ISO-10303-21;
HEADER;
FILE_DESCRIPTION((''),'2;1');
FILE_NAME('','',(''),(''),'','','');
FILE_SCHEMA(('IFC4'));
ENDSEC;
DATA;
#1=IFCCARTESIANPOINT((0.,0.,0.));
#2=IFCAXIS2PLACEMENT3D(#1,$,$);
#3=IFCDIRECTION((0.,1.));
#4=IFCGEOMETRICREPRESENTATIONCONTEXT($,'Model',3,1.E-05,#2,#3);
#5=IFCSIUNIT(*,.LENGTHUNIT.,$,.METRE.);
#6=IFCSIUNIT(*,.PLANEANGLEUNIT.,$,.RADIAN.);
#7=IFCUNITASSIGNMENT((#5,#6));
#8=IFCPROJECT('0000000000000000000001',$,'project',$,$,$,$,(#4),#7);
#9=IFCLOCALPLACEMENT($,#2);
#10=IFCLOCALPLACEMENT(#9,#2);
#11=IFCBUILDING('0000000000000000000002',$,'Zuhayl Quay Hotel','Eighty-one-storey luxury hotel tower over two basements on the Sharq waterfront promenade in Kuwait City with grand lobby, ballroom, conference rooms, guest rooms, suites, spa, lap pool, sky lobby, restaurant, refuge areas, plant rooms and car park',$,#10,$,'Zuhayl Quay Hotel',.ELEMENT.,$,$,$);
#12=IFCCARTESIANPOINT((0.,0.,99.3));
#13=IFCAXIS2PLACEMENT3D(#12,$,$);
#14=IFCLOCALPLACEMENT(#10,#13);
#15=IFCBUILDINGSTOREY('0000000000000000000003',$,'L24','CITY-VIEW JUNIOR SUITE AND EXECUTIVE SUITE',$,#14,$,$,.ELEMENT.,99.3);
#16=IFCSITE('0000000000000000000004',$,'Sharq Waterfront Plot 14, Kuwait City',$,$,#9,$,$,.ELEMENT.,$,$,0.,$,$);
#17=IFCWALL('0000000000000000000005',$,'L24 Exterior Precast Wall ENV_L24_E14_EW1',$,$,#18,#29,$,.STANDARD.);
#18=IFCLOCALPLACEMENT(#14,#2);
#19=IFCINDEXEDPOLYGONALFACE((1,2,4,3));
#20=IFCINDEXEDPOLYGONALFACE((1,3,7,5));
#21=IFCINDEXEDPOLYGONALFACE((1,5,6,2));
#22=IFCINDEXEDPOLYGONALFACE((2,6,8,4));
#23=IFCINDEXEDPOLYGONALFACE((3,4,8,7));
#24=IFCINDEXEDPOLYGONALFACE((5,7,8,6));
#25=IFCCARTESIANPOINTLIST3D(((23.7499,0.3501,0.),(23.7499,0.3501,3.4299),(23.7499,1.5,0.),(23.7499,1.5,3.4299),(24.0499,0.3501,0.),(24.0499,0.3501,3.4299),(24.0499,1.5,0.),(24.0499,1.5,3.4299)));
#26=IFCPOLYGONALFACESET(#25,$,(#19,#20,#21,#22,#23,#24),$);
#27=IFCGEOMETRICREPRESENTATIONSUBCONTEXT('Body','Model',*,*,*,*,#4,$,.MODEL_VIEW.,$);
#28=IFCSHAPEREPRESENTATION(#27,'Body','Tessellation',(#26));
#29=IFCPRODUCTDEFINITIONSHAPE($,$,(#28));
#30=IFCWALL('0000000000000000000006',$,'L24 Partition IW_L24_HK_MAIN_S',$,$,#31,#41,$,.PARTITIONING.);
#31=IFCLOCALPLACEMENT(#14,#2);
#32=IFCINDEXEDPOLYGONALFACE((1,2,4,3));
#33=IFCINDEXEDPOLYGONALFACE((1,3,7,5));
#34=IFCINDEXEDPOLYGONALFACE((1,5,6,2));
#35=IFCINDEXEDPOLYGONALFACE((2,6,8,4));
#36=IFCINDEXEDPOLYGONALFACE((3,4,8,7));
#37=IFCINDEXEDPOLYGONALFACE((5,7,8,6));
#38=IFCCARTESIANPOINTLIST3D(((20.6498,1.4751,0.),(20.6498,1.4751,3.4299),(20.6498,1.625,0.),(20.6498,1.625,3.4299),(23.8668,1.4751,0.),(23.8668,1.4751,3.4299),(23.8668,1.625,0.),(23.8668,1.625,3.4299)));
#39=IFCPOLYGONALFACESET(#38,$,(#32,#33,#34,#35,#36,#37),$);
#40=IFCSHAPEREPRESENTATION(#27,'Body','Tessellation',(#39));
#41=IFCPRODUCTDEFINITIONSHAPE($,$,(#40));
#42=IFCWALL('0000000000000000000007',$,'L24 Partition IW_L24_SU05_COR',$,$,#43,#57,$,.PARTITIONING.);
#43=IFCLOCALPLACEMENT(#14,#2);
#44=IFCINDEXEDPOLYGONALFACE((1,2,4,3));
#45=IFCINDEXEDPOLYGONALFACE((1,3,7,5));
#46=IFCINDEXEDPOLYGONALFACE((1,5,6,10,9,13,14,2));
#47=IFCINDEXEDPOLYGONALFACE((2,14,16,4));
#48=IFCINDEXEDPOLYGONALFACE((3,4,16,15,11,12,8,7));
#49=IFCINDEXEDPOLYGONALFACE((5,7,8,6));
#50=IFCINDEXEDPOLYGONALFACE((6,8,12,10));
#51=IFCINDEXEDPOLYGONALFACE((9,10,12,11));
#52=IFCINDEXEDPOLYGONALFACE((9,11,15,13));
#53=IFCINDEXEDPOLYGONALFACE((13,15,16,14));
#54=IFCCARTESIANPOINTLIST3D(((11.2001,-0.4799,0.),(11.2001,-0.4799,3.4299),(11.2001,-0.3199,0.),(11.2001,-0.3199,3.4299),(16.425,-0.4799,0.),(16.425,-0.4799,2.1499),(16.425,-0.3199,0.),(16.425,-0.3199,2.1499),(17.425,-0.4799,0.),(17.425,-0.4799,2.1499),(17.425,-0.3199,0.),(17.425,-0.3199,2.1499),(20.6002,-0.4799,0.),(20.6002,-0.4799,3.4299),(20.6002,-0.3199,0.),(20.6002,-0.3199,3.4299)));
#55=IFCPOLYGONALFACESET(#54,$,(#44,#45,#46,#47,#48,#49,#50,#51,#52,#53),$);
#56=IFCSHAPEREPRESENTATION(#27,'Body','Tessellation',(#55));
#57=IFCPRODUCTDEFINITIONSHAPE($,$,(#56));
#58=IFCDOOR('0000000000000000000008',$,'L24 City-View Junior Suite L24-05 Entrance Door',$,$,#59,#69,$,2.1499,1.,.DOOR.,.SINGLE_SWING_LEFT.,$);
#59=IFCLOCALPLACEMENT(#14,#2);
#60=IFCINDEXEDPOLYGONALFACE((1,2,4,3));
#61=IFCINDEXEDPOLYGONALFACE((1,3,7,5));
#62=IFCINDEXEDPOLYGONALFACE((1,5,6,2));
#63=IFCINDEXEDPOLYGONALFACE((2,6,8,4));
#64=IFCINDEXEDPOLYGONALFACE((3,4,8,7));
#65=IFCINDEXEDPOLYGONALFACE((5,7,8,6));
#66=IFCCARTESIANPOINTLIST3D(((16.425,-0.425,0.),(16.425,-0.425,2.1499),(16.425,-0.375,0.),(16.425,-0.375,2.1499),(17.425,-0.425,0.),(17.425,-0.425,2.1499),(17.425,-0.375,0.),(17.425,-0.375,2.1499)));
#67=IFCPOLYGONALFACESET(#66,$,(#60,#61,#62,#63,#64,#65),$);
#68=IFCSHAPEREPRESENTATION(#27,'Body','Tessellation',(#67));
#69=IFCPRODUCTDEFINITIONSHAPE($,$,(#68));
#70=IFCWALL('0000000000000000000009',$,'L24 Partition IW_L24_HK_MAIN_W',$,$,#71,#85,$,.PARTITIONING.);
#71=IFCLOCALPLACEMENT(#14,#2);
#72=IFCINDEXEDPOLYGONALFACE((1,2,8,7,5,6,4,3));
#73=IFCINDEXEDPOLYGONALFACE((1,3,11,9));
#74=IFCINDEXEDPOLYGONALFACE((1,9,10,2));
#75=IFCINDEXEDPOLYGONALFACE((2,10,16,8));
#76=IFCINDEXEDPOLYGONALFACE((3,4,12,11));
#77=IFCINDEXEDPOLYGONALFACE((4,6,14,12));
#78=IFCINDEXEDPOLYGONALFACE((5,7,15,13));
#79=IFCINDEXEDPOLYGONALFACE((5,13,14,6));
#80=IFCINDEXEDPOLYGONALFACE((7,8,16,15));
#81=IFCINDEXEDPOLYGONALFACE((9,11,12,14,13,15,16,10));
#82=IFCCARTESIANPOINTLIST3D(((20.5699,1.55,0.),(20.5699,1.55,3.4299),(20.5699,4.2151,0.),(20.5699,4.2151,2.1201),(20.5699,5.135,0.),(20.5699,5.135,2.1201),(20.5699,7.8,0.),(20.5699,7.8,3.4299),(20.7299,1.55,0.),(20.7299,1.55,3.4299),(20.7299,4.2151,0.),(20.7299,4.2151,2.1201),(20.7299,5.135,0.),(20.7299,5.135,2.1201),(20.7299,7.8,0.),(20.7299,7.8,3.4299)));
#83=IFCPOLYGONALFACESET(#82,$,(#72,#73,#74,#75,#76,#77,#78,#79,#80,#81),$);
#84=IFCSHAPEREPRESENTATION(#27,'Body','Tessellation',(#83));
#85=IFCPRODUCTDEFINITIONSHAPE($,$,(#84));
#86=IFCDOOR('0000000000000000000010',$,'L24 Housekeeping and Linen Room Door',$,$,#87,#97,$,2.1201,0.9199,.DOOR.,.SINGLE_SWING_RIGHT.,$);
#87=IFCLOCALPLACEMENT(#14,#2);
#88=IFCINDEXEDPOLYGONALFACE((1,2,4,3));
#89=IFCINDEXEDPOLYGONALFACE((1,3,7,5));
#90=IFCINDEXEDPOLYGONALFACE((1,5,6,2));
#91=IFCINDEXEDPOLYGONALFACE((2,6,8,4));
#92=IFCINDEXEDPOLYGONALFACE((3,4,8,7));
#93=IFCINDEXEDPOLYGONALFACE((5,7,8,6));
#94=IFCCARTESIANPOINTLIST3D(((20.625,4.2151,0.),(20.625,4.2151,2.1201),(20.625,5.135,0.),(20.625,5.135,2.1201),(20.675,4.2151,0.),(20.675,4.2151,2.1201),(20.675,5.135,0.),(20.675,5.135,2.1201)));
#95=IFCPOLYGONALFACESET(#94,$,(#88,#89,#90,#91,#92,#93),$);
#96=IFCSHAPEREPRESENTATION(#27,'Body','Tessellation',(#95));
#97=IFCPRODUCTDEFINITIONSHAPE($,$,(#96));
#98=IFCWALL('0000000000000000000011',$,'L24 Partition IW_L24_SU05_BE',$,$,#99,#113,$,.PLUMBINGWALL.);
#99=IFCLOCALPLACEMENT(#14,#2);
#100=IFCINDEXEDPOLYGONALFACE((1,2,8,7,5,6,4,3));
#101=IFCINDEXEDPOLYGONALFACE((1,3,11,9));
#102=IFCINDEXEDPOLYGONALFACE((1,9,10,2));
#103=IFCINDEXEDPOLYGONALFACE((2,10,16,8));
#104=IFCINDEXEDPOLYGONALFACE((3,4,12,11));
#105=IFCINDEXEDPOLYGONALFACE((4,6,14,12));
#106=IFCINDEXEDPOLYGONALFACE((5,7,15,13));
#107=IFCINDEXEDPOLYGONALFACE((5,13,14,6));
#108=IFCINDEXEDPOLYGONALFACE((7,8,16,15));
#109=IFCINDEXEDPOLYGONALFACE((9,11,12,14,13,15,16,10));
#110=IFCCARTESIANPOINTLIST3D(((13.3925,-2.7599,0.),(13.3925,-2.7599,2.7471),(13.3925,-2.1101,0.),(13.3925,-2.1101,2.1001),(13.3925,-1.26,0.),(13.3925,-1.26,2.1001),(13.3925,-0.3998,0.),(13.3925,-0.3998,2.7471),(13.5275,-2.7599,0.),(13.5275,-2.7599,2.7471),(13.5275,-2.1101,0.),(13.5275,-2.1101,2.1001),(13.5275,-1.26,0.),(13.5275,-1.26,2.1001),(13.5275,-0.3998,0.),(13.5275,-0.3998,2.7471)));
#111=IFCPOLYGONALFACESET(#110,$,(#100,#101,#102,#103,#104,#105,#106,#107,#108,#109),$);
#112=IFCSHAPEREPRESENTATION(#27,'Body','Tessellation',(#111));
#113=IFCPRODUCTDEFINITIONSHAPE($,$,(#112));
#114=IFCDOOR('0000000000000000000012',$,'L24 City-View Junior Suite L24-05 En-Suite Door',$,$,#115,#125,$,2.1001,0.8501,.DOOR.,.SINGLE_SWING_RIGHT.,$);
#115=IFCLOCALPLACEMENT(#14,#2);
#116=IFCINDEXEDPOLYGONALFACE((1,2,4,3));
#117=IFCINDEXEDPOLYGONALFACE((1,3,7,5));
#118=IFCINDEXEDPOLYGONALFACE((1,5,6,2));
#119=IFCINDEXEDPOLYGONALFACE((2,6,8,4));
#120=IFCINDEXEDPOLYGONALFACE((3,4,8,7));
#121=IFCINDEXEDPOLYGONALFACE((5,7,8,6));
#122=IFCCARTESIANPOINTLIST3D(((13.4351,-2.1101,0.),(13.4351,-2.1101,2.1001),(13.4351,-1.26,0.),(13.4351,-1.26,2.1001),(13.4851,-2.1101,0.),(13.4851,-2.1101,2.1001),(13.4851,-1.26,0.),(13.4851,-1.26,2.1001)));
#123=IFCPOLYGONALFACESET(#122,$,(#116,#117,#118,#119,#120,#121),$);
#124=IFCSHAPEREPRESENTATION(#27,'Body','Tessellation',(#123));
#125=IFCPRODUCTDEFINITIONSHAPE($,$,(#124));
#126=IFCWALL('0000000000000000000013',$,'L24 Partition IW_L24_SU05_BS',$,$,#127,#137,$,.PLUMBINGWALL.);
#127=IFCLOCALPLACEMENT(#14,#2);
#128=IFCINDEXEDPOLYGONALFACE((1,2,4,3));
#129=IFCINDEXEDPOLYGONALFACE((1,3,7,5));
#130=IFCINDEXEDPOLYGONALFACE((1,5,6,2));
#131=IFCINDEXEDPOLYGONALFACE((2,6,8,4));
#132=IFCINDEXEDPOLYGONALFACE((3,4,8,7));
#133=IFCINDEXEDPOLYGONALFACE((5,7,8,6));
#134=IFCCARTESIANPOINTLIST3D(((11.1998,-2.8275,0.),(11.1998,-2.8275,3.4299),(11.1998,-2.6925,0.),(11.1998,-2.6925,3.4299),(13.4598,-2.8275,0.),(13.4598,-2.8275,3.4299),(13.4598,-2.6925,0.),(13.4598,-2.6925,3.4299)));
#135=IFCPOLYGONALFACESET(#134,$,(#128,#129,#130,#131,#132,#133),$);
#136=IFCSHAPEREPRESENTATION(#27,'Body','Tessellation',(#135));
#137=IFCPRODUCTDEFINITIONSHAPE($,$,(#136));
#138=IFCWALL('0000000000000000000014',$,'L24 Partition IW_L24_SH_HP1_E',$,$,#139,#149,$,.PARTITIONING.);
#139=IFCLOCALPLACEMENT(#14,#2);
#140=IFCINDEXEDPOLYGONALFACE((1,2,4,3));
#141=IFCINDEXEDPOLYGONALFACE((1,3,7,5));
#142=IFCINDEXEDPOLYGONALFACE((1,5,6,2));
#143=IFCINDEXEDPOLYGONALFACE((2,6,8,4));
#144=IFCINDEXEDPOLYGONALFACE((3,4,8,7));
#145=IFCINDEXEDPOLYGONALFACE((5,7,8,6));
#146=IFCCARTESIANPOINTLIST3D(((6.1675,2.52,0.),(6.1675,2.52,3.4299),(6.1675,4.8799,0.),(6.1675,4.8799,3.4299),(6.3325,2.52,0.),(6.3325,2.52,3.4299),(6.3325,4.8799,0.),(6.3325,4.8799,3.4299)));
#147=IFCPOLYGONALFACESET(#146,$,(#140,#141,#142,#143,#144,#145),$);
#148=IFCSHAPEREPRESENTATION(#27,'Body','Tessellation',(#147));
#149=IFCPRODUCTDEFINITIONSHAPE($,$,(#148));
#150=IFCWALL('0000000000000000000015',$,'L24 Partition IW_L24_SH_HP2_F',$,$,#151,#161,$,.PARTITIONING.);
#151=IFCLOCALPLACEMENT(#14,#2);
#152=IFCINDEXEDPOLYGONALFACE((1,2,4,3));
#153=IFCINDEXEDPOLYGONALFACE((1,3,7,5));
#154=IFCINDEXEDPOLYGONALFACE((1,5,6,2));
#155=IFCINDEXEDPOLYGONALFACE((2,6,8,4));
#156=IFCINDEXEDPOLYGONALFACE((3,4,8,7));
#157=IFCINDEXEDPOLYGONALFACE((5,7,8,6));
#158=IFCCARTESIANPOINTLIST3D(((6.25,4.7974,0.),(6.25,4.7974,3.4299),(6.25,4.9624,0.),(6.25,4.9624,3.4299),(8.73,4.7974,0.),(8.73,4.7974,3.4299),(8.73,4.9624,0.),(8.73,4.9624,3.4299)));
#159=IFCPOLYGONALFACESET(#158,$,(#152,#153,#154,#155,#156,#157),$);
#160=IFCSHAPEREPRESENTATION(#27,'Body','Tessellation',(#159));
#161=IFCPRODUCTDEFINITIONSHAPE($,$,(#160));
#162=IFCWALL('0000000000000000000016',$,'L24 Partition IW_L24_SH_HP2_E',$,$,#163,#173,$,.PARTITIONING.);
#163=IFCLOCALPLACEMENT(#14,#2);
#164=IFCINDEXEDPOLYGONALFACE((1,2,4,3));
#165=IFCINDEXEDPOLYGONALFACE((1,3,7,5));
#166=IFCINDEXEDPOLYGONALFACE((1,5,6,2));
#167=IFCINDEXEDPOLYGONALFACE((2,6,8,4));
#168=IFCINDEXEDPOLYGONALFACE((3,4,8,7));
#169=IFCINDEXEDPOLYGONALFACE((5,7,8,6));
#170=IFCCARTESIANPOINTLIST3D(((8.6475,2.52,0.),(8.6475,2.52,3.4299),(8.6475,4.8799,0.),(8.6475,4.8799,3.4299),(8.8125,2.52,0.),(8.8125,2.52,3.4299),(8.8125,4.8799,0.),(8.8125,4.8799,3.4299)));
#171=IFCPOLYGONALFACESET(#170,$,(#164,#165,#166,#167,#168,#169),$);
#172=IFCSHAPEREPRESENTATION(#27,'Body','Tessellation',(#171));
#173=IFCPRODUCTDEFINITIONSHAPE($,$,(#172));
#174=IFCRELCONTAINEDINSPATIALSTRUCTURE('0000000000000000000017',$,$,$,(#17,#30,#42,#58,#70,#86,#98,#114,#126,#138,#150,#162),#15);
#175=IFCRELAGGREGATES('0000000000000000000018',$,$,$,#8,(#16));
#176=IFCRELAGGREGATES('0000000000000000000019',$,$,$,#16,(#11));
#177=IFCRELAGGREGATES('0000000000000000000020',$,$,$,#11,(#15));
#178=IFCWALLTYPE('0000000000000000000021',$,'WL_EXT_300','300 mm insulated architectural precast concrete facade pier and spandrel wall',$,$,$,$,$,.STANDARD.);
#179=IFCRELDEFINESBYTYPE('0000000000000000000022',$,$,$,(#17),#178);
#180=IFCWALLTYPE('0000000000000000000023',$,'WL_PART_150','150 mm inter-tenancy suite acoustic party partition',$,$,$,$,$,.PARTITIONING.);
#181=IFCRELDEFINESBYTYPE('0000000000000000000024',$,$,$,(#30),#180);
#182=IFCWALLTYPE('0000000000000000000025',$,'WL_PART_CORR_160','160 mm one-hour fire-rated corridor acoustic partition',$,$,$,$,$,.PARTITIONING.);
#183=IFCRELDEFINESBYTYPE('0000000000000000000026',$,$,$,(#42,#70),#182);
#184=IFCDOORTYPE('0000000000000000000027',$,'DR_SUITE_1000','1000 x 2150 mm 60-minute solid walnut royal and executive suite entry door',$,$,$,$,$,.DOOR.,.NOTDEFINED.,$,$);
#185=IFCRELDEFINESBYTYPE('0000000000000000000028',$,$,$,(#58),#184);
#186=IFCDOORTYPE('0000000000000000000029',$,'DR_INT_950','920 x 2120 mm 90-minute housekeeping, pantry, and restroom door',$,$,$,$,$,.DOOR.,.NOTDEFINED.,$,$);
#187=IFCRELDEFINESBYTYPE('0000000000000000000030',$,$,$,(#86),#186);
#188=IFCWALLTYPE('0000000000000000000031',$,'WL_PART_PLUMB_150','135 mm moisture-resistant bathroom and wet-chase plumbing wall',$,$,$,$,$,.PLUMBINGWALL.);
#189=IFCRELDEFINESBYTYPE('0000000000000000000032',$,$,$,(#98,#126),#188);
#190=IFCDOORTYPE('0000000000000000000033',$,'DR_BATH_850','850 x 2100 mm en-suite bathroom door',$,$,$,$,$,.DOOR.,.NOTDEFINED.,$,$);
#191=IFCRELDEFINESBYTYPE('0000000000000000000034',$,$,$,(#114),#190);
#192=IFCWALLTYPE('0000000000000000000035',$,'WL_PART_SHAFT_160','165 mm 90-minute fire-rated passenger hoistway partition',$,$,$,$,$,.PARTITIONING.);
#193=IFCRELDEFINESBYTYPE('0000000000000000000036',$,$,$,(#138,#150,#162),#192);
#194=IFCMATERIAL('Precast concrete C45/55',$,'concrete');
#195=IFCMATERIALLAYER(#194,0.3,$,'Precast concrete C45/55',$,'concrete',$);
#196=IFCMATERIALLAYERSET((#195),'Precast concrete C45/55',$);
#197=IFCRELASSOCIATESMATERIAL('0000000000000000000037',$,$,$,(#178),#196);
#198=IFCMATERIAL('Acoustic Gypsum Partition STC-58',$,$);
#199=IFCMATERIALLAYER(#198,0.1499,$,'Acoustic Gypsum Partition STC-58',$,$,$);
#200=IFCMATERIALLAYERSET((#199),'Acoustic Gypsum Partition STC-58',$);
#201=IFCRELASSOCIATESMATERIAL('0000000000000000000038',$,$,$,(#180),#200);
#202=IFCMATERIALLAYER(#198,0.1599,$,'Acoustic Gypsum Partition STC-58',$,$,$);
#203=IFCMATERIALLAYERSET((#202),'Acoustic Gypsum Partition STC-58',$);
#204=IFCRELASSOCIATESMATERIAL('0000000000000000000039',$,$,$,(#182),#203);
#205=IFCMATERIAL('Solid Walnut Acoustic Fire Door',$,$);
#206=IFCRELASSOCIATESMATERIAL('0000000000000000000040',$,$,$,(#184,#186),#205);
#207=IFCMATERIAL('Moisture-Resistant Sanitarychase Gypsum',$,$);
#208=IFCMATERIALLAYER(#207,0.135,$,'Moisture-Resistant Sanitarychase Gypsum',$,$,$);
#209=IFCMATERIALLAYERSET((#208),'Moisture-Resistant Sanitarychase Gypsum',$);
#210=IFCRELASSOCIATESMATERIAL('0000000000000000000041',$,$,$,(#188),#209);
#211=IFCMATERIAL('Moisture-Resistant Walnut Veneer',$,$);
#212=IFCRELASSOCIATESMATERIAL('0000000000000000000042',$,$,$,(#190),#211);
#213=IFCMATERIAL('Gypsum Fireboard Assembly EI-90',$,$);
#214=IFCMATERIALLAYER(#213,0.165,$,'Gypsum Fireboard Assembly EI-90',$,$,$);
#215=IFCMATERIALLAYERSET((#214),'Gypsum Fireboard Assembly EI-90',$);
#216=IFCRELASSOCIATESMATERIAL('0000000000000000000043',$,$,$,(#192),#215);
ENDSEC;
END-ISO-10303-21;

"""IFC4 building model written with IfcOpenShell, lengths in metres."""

from ifc_helpers import new_model, si_unit, direction, frame, frame_2d, origin, place, context, subcontext, project, spatial, rectangle, extrude, material, layer, layer_set, type_object, element, fill, save


model = new_model("IFC4")

# Units and contexts
model_context = context("Model", 3, precision=1e-05, world=origin(), true_north=direction((0.0, 1.0)))
body_context = subcontext(model_context, "Body", "Model", "MODEL_VIEW")
ifc_project = project(units=[si_unit("LENGTHUNIT", "METRE"), si_unit("PLANEANGLEUNIT", "RADIAN")], contexts=[model_context])

# Site, building, storey
site_placement = place(None, origin())
site = spatial("IfcSite", under=ifc_project, at=site_placement, Name="Sharq Waterfront Plot 14, Kuwait City", CompositionType="ELEMENT", RefElevation=0.0)
building_placement = place(site_placement, origin())
building = spatial("IfcBuilding", under=site, at=building_placement, Name="Zuhayl Quay Hotel", Description="Eighty-one-storey luxury hotel tower over two basements on the Sharq waterfront promenade in Kuwait City with grand lobby, ballroom, conference rooms, guest rooms, suites, spa, lap pool, sky lobby, restaurant, refuge areas, plant rooms and car park", LongName="Zuhayl Quay Hotel", CompositionType="ELEMENT")
storey_placement = place(building_placement, frame((0.0, 0.0, 99.3)))
storey = spatial("IfcBuildingStorey", under=building, at=storey_placement, Name="L24", Description="CITY-VIEW JUNIOR SUITE AND EXECUTIVE SUITE", CompositionType="ELEMENT", Elevation=99.3)

# Walls
ifc_material_1 = material(Name="Precast concrete C45/55", Category="concrete")
ifc_layer_1 = layer(ifc_material_1, 0.3, Name="Precast concrete C45/55", Category="concrete")
ifc_layer_set_1 = layer_set([ifc_layer_1], Name="Precast concrete C45/55")
wall_type_1 = type_object("IfcWallType", Name="WL_EXT_300", Description="300 mm insulated architectural precast concrete facade pier and spandrel wall", PredefinedType="STANDARD", material=ifc_layer_set_1)
wall_1_placement = place(storey_placement, frame((23.8999, 1.5, 0.0), z_axis=(0.0, 0.0, 1.0), x_axis=(0.0, -1.0, 0.0)))
element("IfcWall", 1, at=wall_1_placement, inside=storey, type_object=wall_type_1, Name="L24 Exterior Precast Wall ENV_L24_E14_EW1", PredefinedType="STANDARD", context=body_context, shape_type="SweptSolid", body=[
    extrude(rectangle(XDim=1.1499, YDim=0.3, at=frame_2d((0.575, 0.0))), origin(), (0.0, 0.0, 1.0), 3.4299),
])
ifc_material_2 = material(Name="Acoustic Gypsum Partition STC-58")
ifc_layer_2 = layer(ifc_material_2, 0.1499, Name="Acoustic Gypsum Partition STC-58")
ifc_layer_set_2 = layer_set([ifc_layer_2], Name="Acoustic Gypsum Partition STC-58")
wall_type_2 = type_object("IfcWallType", Name="WL_PART_150", Description="150 mm inter-tenancy suite acoustic party partition", PredefinedType="PARTITIONING", material=ifc_layer_set_2)
wall_2_placement = place(storey_placement, frame((20.6499, 1.55, 0.0), z_axis=(0.0, 0.0, 1.0), x_axis=(1.0, 0.0, 0.0)))
element("IfcWall", 2, at=wall_2_placement, inside=storey, type_object=wall_type_2, Name="L24 Partition IW_L24_HK_MAIN_S", PredefinedType="PARTITIONING", context=body_context, shape_type="SweptSolid", body=[
    extrude(rectangle(XDim=3.217, YDim=0.1499, at=frame_2d((1.6084, 0.0))), origin(), (0.0, 0.0, 1.0), 3.4299),
])

# Walls, openings, doors
ifc_layer_3 = layer(ifc_material_2, 0.1599, Name="Acoustic Gypsum Partition STC-58")
ifc_layer_set_3 = layer_set([ifc_layer_3], Name="Acoustic Gypsum Partition STC-58")
wall_type_3 = type_object("IfcWallType", Name="WL_PART_CORR_160", Description="160 mm one-hour fire-rated corridor acoustic partition", PredefinedType="PARTITIONING", material=ifc_layer_set_3)
wall_3_placement = place(storey_placement, frame((11.2, -0.3999, 0.0), z_axis=(0.0, 0.0, 1.0), x_axis=(1.0, 0.0, 0.0)))
wall_3 = element("IfcWall", 3, at=wall_3_placement, inside=storey, type_object=wall_type_3, Name="L24 Partition IW_L24_SU05_COR", PredefinedType="PARTITIONING", context=body_context, shape_type="SweptSolid", body=[
    extrude(rectangle(XDim=9.4001, YDim=0.1599, at=frame_2d((4.7002, 0.0))), origin(), (0.0, 0.0, 1.0), 3.4299),
])
opening_1_placement = place(wall_3_placement, frame((5.2251, 0.0, 0.0)))
opening_1 = element("IfcOpeningElement", 4, at=opening_1_placement, cuts=wall_3, PredefinedType="OPENING", context=body_context, shape_type="SweptSolid", body=[
    extrude(rectangle(XDim=1.0, YDim=2.1499, at=frame_2d((0.5, 1.075))), frame((0.0, 0.0898, 0.0), z_axis=(0.0, -1.0, 0.0), x_axis=(1.0, 0.0, 0.0)), (0.0, 0.0, 1.0), 0.1799),
])
ifc_material_3 = material(Name="Solid Walnut Acoustic Fire Door")
door_type_1 = type_object("IfcDoorType", Name="DR_SUITE_1000", Description="1000 x 2150 mm 60-minute solid walnut royal and executive suite entry door", OperationType="NOTDEFINED", PredefinedType="DOOR", material=ifc_material_3)
door_1_placement = place(opening_1_placement, origin())
door_1 = element("IfcDoor", 5, at=door_1_placement, inside=storey, type_object=door_type_1, Name="L24 City-View Junior Suite L24-05 Entrance Door", OperationType="SINGLE_SWING_LEFT", OverallHeight=2.1499, OverallWidth=1.0, PredefinedType="DOOR", context=body_context, shape_type="SweptSolid", body=[
    extrude(rectangle(XDim=1.0, YDim=2.1499, at=frame_2d((0.5, 1.075))), frame((0.0, 0.0249, 0.0), z_axis=(0.0, -1.0, 0.0), x_axis=(1.0, 0.0, 0.0)), (0.0, 0.0, 1.0), 0.05),
])
fill(opening_1, door_1)
wall_4_placement = place(storey_placement, frame((20.6499, 1.55, 0.0), z_axis=(0.0, 0.0, 1.0), x_axis=(0.0, 1.0, 0.0)))
wall_4 = element("IfcWall", 6, at=wall_4_placement, inside=storey, type_object=wall_type_3, Name="L24 Partition IW_L24_HK_MAIN_W", PredefinedType="PARTITIONING", context=body_context, shape_type="SweptSolid", body=[
    extrude(rectangle(XDim=6.25, YDim=0.1599, at=frame_2d((3.125, 0.0))), origin(), (0.0, 0.0, 1.0), 3.4299),
])
opening_2_placement = place(wall_4_placement, frame((2.665, 0.0, 0.0)))
opening_2 = element("IfcOpeningElement", 7, at=opening_2_placement, cuts=wall_4, PredefinedType="OPENING", context=body_context, shape_type="SweptSolid", body=[
    extrude(rectangle(XDim=0.9199, YDim=2.1201, at=frame_2d((0.46, 1.0601))), frame((0.0, 0.0898, 0.0), z_axis=(0.0, -1.0, 0.0), x_axis=(1.0, 0.0, 0.0)), (0.0, 0.0, 1.0), 0.1799),
])
door_type_2 = type_object("IfcDoorType", Name="DR_INT_950", Description="920 x 2120 mm 90-minute housekeeping, pantry, and restroom door", OperationType="NOTDEFINED", PredefinedType="DOOR", material=ifc_material_3)
door_2_placement = place(opening_2_placement, origin())
door_2 = element("IfcDoor", 8, at=door_2_placement, inside=storey, type_object=door_type_2, Name="L24 Housekeeping and Linen Room Door", OperationType="SINGLE_SWING_RIGHT", OverallHeight=2.1201, OverallWidth=0.9199, PredefinedType="DOOR", context=body_context, shape_type="SweptSolid", body=[
    extrude(rectangle(XDim=0.9199, YDim=2.1201, at=frame_2d((0.46, 1.0601))), frame((0.0, 0.0249, 0.0), z_axis=(0.0, -1.0, 0.0), x_axis=(1.0, 0.0, 0.0)), (0.0, 0.0, 1.0), 0.05),
])
fill(opening_2, door_2)
ifc_material_4 = material(Name="Moisture-Resistant Sanitarychase Gypsum")
ifc_layer_4 = layer(ifc_material_4, 0.135, Name="Moisture-Resistant Sanitarychase Gypsum")
ifc_layer_set_4 = layer_set([ifc_layer_4], Name="Moisture-Resistant Sanitarychase Gypsum")
wall_type_4 = type_object("IfcWallType", Name="WL_PART_PLUMB_150", Description="135 mm moisture-resistant bathroom and wet-chase plumbing wall", PredefinedType="PLUMBINGWALL", material=ifc_layer_set_4)
wall_5_placement = place(storey_placement, frame((13.46, -2.76, 0.0), z_axis=(0.0, 0.0, 1.0), x_axis=(0.0, 1.0, 0.0)))
wall_5 = element("IfcWall", 9, at=wall_5_placement, inside=storey, type_object=wall_type_4, Name="L24 Partition IW_L24_SU05_BE", PredefinedType="PLUMBINGWALL", context=body_context, shape_type="SweptSolid", body=[
    extrude(rectangle(XDim=2.3601, YDim=0.135, at=frame_2d((1.1802, 0.0))), origin(), (0.0, 0.0, 1.0), 2.7471),
])
opening_3_placement = place(wall_5_placement, frame((0.6499, 0.0, 0.0)))
opening_3 = element("IfcOpeningElement", 10, at=opening_3_placement, cuts=wall_5, PredefinedType="OPENING", context=body_context, shape_type="SweptSolid", body=[
    extrude(rectangle(XDim=0.8501, YDim=2.1001, at=frame_2d((0.425, 1.05))), frame((0.0, 0.0774, 0.0), z_axis=(0.0, -1.0, 0.0), x_axis=(1.0, 0.0, 0.0)), (0.0, 0.0, 1.0), 0.155),
])
ifc_material_5 = material(Name="Moisture-Resistant Walnut Veneer")
door_type_3 = type_object("IfcDoorType", Name="DR_BATH_850", Description="850 x 2100 mm en-suite bathroom door", OperationType="NOTDEFINED", PredefinedType="DOOR", material=ifc_material_5)
door_3_placement = place(opening_3_placement, origin())
door_3 = element("IfcDoor", 11, at=door_3_placement, inside=storey, type_object=door_type_3, Name="L24 City-View Junior Suite L24-05 En-Suite Door", OperationType="SINGLE_SWING_RIGHT", OverallHeight=2.1001, OverallWidth=0.8501, PredefinedType="DOOR", context=body_context, shape_type="SweptSolid", body=[
    extrude(rectangle(XDim=0.8501, YDim=2.1001, at=frame_2d((0.425, 1.05))), frame((0.0, 0.0249, 0.0), z_axis=(0.0, -1.0, 0.0), x_axis=(1.0, 0.0, 0.0)), (0.0, 0.0, 1.0), 0.05),
])
fill(opening_3, door_3)

# Walls
wall_6_placement = place(storey_placement, frame((11.2, -2.76, 0.0), z_axis=(0.0, 0.0, 1.0), x_axis=(1.0, 0.0, 0.0)))
element("IfcWall", 12, at=wall_6_placement, inside=storey, type_object=wall_type_4, Name="L24 Partition IW_L24_SU05_BS", PredefinedType="PLUMBINGWALL", context=body_context, shape_type="SweptSolid", body=[
    extrude(rectangle(XDim=2.26, YDim=0.135, at=frame_2d((1.1299, 0.0))), origin(), (0.0, 0.0, 1.0), 3.4299),
])
ifc_material_6 = material(Name="Gypsum Fireboard Assembly EI-90")
ifc_layer_5 = layer(ifc_material_6, 0.165, Name="Gypsum Fireboard Assembly EI-90")
ifc_layer_set_5 = layer_set([ifc_layer_5], Name="Gypsum Fireboard Assembly EI-90")
wall_type_5 = type_object("IfcWallType", Name="WL_PART_SHAFT_160", Description="165 mm 90-minute fire-rated passenger hoistway partition", PredefinedType="PARTITIONING", material=ifc_layer_set_5)
wall_7_placement = place(storey_placement, frame((6.25, 2.52, 0.0), z_axis=(0.0, 0.0, 1.0), x_axis=(0.0, 1.0, 0.0)))
element("IfcWall", 13, at=wall_7_placement, inside=storey, type_object=wall_type_5, Name="L24 Partition IW_L24_SH_HP1_E", PredefinedType="PARTITIONING", context=body_context, shape_type="SweptSolid", body=[
    extrude(rectangle(XDim=2.3599, YDim=0.165, at=frame_2d((1.1799, 0.0))), origin(), (0.0, 0.0, 1.0), 3.4299),
])
wall_8_placement = place(storey_placement, frame((6.25, 4.8799, 0.0), z_axis=(0.0, 0.0, 1.0), x_axis=(1.0, 0.0, 0.0)))
element("IfcWall", 14, at=wall_8_placement, inside=storey, type_object=wall_type_5, Name="L24 Partition IW_L24_SH_HP2_F", PredefinedType="PARTITIONING", context=body_context, shape_type="SweptSolid", body=[
    extrude(rectangle(XDim=2.48, YDim=0.165, at=frame_2d((1.24, 0.0))), origin(), (0.0, 0.0, 1.0), 3.4299),
])
wall_9_placement = place(storey_placement, frame((8.73, 2.52, 0.0), z_axis=(0.0, 0.0, 1.0), x_axis=(0.0, 1.0, 0.0)))
element("IfcWall", 15, at=wall_9_placement, inside=storey, type_object=wall_type_5, Name="L24 Partition IW_L24_SH_HP2_E", PredefinedType="PARTITIONING", context=body_context, shape_type="SweptSolid", body=[
    extrude(rectangle(XDim=2.3599, YDim=0.165, at=frame_2d((1.1799, 0.0))), origin(), (0.0, 0.0, 1.0), 3.4299),
])

save(model, "model.ifc")
